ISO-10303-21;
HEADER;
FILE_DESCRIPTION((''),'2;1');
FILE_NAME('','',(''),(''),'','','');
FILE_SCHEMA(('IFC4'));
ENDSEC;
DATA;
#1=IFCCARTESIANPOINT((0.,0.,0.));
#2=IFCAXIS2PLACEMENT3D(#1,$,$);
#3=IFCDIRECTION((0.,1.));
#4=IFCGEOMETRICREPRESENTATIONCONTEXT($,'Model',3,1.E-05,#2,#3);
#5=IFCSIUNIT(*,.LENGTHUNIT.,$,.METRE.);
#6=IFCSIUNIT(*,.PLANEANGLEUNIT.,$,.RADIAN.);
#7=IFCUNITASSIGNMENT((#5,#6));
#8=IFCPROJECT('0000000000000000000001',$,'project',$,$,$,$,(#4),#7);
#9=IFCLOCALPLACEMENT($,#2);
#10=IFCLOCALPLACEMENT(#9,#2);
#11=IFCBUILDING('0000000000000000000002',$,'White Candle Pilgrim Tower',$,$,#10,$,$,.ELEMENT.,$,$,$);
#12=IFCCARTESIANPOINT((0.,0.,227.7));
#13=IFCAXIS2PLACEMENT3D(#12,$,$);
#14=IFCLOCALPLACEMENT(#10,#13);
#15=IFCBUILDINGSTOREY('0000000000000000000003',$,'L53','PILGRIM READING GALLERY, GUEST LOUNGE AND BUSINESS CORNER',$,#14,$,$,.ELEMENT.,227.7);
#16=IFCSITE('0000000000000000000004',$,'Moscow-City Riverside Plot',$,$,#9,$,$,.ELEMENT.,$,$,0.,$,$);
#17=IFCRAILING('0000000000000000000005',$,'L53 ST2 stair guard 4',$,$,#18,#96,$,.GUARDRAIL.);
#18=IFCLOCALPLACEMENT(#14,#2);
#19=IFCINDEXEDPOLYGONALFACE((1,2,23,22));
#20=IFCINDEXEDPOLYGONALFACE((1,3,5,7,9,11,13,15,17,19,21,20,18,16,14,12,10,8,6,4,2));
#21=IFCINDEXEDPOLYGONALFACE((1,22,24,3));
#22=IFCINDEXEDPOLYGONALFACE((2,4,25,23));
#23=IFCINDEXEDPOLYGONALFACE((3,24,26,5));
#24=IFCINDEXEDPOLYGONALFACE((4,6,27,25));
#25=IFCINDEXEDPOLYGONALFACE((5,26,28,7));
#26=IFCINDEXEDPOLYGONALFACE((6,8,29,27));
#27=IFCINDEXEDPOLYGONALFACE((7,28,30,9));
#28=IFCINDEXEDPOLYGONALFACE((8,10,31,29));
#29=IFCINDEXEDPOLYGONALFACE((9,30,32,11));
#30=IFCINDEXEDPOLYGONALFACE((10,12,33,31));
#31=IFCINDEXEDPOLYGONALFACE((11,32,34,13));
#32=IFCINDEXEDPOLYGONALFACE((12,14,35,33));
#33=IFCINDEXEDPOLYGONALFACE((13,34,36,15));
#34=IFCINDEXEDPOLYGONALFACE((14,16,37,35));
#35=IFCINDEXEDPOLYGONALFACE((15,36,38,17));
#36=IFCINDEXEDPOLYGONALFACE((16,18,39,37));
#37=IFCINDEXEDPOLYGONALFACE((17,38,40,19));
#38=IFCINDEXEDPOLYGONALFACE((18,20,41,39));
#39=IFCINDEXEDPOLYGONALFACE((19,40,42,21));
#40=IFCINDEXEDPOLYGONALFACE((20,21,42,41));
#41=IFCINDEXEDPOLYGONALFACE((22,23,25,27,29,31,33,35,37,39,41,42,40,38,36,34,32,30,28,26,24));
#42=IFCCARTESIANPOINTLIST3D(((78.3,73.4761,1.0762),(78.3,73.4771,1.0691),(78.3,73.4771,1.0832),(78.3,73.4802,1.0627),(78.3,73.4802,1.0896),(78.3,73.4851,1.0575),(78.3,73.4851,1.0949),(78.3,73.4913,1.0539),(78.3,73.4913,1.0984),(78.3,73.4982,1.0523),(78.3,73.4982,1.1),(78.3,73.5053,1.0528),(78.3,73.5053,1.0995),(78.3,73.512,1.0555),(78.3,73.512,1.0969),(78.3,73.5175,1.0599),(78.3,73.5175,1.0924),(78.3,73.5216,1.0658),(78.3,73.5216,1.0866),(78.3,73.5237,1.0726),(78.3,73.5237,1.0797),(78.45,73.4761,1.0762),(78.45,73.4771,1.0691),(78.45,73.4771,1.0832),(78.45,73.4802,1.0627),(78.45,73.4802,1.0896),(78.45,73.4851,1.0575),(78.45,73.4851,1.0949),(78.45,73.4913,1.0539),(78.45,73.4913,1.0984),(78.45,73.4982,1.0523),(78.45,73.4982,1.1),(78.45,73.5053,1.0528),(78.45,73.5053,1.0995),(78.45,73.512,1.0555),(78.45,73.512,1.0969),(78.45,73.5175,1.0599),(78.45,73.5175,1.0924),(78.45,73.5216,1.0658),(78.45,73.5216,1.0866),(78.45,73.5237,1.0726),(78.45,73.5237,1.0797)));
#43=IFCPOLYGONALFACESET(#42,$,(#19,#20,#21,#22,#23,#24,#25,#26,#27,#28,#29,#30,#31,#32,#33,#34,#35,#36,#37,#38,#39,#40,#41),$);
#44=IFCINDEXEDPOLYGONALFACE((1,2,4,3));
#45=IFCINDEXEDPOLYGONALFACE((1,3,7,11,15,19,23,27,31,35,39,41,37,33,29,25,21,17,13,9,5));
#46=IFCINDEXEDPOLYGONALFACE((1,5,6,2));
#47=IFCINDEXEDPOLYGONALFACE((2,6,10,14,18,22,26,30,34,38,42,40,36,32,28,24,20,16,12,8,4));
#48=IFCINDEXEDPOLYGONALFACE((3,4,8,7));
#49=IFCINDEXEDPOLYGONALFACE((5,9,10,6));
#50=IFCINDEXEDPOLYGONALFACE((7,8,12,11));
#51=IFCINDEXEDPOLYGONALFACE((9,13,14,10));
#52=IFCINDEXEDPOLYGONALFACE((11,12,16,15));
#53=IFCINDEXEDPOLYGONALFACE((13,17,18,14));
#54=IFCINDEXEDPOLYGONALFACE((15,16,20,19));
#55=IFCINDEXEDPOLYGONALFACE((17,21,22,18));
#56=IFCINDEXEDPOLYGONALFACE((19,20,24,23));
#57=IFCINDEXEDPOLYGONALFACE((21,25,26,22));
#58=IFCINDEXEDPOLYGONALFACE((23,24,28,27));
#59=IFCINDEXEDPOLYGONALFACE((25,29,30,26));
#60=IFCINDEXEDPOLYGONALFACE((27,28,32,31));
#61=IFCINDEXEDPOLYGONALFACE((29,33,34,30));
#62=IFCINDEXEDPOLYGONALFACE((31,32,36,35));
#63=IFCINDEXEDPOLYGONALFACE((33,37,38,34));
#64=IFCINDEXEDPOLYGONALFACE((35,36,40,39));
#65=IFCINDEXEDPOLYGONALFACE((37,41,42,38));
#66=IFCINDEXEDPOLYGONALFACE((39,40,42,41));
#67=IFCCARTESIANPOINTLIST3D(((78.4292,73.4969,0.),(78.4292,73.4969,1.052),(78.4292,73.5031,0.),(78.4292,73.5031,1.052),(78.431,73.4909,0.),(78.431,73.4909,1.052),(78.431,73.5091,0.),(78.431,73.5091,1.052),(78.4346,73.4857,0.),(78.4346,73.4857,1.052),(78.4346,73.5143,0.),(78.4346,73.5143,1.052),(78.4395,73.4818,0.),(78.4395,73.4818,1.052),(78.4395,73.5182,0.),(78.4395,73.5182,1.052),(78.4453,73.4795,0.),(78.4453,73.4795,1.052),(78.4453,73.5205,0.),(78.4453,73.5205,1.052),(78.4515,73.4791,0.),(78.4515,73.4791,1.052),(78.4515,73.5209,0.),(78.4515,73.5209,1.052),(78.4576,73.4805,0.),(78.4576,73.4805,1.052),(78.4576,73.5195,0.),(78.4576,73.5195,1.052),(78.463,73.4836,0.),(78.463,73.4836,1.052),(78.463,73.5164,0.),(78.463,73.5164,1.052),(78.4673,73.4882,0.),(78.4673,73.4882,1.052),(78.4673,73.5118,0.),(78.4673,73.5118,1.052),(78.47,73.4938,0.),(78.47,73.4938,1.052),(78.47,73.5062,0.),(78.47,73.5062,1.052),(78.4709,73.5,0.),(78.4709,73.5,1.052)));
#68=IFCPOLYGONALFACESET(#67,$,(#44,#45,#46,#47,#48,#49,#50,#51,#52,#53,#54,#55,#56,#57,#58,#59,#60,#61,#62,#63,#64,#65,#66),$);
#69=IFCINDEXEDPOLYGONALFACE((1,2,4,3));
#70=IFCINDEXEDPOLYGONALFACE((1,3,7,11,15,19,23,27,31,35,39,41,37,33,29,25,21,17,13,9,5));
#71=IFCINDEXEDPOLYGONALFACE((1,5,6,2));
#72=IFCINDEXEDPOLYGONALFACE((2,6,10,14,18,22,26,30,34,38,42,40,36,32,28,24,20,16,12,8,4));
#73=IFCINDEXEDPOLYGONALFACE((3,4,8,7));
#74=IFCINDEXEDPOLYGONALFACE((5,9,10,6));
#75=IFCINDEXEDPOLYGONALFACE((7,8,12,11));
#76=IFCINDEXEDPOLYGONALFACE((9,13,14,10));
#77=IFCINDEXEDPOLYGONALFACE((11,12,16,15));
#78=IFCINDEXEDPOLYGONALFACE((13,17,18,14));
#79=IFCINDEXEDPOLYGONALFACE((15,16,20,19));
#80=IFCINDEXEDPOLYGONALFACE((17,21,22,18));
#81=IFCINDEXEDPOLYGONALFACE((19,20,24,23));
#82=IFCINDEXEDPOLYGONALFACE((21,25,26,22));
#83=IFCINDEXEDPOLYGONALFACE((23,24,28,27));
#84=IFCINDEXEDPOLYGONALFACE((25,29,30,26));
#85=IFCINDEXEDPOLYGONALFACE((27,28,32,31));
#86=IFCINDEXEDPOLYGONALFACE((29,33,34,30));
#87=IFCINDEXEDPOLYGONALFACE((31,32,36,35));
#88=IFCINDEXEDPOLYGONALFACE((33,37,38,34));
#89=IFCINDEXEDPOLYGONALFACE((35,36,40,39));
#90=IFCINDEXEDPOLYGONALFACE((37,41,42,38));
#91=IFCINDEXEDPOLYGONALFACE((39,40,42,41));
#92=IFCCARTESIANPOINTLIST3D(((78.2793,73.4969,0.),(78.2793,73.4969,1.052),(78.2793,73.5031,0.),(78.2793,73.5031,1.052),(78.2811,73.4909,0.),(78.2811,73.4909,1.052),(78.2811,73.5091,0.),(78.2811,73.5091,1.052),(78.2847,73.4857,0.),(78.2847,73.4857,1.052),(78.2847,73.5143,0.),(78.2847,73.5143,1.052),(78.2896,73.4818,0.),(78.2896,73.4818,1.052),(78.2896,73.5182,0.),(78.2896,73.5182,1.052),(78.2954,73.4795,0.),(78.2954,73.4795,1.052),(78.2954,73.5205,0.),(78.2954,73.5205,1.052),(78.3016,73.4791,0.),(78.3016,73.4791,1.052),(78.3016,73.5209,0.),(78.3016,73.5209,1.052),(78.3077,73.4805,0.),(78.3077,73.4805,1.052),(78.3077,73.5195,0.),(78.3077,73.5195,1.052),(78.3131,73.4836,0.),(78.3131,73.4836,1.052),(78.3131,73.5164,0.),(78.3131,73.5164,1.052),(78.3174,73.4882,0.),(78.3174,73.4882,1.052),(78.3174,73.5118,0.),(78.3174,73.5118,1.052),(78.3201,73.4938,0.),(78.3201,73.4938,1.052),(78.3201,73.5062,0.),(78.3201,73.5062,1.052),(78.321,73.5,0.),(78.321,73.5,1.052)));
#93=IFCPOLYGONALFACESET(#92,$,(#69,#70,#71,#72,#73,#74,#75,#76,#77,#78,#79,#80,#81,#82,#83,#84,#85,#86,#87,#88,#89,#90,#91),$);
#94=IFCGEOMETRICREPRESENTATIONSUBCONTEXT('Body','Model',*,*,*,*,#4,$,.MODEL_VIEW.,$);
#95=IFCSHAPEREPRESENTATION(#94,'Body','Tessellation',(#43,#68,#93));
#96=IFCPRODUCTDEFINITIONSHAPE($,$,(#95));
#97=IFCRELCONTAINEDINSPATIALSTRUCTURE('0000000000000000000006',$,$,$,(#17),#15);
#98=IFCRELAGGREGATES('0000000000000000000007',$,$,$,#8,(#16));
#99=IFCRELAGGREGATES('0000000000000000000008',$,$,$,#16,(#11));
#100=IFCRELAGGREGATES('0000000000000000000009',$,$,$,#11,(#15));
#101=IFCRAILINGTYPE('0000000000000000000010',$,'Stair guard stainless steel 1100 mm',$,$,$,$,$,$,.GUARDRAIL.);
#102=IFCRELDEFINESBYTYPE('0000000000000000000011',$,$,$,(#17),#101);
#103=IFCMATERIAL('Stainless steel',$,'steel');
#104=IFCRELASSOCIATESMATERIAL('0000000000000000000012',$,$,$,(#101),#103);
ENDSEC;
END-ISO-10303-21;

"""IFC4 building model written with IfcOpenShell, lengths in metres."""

from ifc_helpers import new_model, si_unit, direction, frame, origin, origin_2d, place, context, subcontext, project, spatial, circle, extrude, material, type_object, element, save


model = new_model("IFC4")

# Units and contexts
model_context = context("Model", 3, precision=1e-05, world=origin(), true_north=direction((0.0, 1.0)))
body_context = subcontext(model_context, "Body", "Model", "MODEL_VIEW")
ifc_project = project(units=[si_unit("LENGTHUNIT", "METRE"), si_unit("PLANEANGLEUNIT", "RADIAN")], contexts=[model_context])

# Site, building, storey
site_placement = place(None, origin())
site = spatial("IfcSite", under=ifc_project, at=site_placement, Name="Moscow-City Riverside Plot", CompositionType="ELEMENT", RefElevation=0.0)
building_placement = place(site_placement, origin())
building = spatial("IfcBuilding", under=site, at=building_placement, Name="White Candle Pilgrim Tower", CompositionType="ELEMENT")
storey_placement = place(building_placement, frame((0.0, 0.0, 227.7)))
storey = spatial("IfcBuildingStorey", under=building, at=storey_placement, Name="L53", Description="PILGRIM READING GALLERY, GUEST LOUNGE AND BUSINESS CORNER", CompositionType="ELEMENT", Elevation=227.7)

# Railing
ifc_material_1 = material(Name="Stainless steel", Category="steel")
railing_type_1 = type_object("IfcRailingType", Name="Stair guard stainless steel 1100 mm", PredefinedType="GUARDRAIL", material=ifc_material_1)
railing_1_placement = place(storey_placement, frame((78.45, 73.5, 0.0)))
element("IfcRailing", 1, at=railing_1_placement, inside=storey, type_object=railing_type_1, Name="L53 ST2 stair guard 4", PredefinedType="GUARDRAIL", context=body_context, shape_type="SweptSolid", body=[
    extrude(circle(Radius=0.0239, at=origin_2d()), frame((0.0, 0.0, 1.0762), z_axis=(-1.0, 0.0, 0.0), x_axis=(0.0, -1.0, 0.0)), (0.0, 0.0, 1.0), 0.1499),
    extrude(circle(Radius=0.021, at=origin_2d()), origin(), (0.0, 0.0, 1.0), 1.052),
    extrude(circle(Radius=0.021, at=origin_2d()), frame((-0.1499, 0.0, 0.0)), (0.0, 0.0, 1.0), 1.052),
])

save(model, "model.ifc")
